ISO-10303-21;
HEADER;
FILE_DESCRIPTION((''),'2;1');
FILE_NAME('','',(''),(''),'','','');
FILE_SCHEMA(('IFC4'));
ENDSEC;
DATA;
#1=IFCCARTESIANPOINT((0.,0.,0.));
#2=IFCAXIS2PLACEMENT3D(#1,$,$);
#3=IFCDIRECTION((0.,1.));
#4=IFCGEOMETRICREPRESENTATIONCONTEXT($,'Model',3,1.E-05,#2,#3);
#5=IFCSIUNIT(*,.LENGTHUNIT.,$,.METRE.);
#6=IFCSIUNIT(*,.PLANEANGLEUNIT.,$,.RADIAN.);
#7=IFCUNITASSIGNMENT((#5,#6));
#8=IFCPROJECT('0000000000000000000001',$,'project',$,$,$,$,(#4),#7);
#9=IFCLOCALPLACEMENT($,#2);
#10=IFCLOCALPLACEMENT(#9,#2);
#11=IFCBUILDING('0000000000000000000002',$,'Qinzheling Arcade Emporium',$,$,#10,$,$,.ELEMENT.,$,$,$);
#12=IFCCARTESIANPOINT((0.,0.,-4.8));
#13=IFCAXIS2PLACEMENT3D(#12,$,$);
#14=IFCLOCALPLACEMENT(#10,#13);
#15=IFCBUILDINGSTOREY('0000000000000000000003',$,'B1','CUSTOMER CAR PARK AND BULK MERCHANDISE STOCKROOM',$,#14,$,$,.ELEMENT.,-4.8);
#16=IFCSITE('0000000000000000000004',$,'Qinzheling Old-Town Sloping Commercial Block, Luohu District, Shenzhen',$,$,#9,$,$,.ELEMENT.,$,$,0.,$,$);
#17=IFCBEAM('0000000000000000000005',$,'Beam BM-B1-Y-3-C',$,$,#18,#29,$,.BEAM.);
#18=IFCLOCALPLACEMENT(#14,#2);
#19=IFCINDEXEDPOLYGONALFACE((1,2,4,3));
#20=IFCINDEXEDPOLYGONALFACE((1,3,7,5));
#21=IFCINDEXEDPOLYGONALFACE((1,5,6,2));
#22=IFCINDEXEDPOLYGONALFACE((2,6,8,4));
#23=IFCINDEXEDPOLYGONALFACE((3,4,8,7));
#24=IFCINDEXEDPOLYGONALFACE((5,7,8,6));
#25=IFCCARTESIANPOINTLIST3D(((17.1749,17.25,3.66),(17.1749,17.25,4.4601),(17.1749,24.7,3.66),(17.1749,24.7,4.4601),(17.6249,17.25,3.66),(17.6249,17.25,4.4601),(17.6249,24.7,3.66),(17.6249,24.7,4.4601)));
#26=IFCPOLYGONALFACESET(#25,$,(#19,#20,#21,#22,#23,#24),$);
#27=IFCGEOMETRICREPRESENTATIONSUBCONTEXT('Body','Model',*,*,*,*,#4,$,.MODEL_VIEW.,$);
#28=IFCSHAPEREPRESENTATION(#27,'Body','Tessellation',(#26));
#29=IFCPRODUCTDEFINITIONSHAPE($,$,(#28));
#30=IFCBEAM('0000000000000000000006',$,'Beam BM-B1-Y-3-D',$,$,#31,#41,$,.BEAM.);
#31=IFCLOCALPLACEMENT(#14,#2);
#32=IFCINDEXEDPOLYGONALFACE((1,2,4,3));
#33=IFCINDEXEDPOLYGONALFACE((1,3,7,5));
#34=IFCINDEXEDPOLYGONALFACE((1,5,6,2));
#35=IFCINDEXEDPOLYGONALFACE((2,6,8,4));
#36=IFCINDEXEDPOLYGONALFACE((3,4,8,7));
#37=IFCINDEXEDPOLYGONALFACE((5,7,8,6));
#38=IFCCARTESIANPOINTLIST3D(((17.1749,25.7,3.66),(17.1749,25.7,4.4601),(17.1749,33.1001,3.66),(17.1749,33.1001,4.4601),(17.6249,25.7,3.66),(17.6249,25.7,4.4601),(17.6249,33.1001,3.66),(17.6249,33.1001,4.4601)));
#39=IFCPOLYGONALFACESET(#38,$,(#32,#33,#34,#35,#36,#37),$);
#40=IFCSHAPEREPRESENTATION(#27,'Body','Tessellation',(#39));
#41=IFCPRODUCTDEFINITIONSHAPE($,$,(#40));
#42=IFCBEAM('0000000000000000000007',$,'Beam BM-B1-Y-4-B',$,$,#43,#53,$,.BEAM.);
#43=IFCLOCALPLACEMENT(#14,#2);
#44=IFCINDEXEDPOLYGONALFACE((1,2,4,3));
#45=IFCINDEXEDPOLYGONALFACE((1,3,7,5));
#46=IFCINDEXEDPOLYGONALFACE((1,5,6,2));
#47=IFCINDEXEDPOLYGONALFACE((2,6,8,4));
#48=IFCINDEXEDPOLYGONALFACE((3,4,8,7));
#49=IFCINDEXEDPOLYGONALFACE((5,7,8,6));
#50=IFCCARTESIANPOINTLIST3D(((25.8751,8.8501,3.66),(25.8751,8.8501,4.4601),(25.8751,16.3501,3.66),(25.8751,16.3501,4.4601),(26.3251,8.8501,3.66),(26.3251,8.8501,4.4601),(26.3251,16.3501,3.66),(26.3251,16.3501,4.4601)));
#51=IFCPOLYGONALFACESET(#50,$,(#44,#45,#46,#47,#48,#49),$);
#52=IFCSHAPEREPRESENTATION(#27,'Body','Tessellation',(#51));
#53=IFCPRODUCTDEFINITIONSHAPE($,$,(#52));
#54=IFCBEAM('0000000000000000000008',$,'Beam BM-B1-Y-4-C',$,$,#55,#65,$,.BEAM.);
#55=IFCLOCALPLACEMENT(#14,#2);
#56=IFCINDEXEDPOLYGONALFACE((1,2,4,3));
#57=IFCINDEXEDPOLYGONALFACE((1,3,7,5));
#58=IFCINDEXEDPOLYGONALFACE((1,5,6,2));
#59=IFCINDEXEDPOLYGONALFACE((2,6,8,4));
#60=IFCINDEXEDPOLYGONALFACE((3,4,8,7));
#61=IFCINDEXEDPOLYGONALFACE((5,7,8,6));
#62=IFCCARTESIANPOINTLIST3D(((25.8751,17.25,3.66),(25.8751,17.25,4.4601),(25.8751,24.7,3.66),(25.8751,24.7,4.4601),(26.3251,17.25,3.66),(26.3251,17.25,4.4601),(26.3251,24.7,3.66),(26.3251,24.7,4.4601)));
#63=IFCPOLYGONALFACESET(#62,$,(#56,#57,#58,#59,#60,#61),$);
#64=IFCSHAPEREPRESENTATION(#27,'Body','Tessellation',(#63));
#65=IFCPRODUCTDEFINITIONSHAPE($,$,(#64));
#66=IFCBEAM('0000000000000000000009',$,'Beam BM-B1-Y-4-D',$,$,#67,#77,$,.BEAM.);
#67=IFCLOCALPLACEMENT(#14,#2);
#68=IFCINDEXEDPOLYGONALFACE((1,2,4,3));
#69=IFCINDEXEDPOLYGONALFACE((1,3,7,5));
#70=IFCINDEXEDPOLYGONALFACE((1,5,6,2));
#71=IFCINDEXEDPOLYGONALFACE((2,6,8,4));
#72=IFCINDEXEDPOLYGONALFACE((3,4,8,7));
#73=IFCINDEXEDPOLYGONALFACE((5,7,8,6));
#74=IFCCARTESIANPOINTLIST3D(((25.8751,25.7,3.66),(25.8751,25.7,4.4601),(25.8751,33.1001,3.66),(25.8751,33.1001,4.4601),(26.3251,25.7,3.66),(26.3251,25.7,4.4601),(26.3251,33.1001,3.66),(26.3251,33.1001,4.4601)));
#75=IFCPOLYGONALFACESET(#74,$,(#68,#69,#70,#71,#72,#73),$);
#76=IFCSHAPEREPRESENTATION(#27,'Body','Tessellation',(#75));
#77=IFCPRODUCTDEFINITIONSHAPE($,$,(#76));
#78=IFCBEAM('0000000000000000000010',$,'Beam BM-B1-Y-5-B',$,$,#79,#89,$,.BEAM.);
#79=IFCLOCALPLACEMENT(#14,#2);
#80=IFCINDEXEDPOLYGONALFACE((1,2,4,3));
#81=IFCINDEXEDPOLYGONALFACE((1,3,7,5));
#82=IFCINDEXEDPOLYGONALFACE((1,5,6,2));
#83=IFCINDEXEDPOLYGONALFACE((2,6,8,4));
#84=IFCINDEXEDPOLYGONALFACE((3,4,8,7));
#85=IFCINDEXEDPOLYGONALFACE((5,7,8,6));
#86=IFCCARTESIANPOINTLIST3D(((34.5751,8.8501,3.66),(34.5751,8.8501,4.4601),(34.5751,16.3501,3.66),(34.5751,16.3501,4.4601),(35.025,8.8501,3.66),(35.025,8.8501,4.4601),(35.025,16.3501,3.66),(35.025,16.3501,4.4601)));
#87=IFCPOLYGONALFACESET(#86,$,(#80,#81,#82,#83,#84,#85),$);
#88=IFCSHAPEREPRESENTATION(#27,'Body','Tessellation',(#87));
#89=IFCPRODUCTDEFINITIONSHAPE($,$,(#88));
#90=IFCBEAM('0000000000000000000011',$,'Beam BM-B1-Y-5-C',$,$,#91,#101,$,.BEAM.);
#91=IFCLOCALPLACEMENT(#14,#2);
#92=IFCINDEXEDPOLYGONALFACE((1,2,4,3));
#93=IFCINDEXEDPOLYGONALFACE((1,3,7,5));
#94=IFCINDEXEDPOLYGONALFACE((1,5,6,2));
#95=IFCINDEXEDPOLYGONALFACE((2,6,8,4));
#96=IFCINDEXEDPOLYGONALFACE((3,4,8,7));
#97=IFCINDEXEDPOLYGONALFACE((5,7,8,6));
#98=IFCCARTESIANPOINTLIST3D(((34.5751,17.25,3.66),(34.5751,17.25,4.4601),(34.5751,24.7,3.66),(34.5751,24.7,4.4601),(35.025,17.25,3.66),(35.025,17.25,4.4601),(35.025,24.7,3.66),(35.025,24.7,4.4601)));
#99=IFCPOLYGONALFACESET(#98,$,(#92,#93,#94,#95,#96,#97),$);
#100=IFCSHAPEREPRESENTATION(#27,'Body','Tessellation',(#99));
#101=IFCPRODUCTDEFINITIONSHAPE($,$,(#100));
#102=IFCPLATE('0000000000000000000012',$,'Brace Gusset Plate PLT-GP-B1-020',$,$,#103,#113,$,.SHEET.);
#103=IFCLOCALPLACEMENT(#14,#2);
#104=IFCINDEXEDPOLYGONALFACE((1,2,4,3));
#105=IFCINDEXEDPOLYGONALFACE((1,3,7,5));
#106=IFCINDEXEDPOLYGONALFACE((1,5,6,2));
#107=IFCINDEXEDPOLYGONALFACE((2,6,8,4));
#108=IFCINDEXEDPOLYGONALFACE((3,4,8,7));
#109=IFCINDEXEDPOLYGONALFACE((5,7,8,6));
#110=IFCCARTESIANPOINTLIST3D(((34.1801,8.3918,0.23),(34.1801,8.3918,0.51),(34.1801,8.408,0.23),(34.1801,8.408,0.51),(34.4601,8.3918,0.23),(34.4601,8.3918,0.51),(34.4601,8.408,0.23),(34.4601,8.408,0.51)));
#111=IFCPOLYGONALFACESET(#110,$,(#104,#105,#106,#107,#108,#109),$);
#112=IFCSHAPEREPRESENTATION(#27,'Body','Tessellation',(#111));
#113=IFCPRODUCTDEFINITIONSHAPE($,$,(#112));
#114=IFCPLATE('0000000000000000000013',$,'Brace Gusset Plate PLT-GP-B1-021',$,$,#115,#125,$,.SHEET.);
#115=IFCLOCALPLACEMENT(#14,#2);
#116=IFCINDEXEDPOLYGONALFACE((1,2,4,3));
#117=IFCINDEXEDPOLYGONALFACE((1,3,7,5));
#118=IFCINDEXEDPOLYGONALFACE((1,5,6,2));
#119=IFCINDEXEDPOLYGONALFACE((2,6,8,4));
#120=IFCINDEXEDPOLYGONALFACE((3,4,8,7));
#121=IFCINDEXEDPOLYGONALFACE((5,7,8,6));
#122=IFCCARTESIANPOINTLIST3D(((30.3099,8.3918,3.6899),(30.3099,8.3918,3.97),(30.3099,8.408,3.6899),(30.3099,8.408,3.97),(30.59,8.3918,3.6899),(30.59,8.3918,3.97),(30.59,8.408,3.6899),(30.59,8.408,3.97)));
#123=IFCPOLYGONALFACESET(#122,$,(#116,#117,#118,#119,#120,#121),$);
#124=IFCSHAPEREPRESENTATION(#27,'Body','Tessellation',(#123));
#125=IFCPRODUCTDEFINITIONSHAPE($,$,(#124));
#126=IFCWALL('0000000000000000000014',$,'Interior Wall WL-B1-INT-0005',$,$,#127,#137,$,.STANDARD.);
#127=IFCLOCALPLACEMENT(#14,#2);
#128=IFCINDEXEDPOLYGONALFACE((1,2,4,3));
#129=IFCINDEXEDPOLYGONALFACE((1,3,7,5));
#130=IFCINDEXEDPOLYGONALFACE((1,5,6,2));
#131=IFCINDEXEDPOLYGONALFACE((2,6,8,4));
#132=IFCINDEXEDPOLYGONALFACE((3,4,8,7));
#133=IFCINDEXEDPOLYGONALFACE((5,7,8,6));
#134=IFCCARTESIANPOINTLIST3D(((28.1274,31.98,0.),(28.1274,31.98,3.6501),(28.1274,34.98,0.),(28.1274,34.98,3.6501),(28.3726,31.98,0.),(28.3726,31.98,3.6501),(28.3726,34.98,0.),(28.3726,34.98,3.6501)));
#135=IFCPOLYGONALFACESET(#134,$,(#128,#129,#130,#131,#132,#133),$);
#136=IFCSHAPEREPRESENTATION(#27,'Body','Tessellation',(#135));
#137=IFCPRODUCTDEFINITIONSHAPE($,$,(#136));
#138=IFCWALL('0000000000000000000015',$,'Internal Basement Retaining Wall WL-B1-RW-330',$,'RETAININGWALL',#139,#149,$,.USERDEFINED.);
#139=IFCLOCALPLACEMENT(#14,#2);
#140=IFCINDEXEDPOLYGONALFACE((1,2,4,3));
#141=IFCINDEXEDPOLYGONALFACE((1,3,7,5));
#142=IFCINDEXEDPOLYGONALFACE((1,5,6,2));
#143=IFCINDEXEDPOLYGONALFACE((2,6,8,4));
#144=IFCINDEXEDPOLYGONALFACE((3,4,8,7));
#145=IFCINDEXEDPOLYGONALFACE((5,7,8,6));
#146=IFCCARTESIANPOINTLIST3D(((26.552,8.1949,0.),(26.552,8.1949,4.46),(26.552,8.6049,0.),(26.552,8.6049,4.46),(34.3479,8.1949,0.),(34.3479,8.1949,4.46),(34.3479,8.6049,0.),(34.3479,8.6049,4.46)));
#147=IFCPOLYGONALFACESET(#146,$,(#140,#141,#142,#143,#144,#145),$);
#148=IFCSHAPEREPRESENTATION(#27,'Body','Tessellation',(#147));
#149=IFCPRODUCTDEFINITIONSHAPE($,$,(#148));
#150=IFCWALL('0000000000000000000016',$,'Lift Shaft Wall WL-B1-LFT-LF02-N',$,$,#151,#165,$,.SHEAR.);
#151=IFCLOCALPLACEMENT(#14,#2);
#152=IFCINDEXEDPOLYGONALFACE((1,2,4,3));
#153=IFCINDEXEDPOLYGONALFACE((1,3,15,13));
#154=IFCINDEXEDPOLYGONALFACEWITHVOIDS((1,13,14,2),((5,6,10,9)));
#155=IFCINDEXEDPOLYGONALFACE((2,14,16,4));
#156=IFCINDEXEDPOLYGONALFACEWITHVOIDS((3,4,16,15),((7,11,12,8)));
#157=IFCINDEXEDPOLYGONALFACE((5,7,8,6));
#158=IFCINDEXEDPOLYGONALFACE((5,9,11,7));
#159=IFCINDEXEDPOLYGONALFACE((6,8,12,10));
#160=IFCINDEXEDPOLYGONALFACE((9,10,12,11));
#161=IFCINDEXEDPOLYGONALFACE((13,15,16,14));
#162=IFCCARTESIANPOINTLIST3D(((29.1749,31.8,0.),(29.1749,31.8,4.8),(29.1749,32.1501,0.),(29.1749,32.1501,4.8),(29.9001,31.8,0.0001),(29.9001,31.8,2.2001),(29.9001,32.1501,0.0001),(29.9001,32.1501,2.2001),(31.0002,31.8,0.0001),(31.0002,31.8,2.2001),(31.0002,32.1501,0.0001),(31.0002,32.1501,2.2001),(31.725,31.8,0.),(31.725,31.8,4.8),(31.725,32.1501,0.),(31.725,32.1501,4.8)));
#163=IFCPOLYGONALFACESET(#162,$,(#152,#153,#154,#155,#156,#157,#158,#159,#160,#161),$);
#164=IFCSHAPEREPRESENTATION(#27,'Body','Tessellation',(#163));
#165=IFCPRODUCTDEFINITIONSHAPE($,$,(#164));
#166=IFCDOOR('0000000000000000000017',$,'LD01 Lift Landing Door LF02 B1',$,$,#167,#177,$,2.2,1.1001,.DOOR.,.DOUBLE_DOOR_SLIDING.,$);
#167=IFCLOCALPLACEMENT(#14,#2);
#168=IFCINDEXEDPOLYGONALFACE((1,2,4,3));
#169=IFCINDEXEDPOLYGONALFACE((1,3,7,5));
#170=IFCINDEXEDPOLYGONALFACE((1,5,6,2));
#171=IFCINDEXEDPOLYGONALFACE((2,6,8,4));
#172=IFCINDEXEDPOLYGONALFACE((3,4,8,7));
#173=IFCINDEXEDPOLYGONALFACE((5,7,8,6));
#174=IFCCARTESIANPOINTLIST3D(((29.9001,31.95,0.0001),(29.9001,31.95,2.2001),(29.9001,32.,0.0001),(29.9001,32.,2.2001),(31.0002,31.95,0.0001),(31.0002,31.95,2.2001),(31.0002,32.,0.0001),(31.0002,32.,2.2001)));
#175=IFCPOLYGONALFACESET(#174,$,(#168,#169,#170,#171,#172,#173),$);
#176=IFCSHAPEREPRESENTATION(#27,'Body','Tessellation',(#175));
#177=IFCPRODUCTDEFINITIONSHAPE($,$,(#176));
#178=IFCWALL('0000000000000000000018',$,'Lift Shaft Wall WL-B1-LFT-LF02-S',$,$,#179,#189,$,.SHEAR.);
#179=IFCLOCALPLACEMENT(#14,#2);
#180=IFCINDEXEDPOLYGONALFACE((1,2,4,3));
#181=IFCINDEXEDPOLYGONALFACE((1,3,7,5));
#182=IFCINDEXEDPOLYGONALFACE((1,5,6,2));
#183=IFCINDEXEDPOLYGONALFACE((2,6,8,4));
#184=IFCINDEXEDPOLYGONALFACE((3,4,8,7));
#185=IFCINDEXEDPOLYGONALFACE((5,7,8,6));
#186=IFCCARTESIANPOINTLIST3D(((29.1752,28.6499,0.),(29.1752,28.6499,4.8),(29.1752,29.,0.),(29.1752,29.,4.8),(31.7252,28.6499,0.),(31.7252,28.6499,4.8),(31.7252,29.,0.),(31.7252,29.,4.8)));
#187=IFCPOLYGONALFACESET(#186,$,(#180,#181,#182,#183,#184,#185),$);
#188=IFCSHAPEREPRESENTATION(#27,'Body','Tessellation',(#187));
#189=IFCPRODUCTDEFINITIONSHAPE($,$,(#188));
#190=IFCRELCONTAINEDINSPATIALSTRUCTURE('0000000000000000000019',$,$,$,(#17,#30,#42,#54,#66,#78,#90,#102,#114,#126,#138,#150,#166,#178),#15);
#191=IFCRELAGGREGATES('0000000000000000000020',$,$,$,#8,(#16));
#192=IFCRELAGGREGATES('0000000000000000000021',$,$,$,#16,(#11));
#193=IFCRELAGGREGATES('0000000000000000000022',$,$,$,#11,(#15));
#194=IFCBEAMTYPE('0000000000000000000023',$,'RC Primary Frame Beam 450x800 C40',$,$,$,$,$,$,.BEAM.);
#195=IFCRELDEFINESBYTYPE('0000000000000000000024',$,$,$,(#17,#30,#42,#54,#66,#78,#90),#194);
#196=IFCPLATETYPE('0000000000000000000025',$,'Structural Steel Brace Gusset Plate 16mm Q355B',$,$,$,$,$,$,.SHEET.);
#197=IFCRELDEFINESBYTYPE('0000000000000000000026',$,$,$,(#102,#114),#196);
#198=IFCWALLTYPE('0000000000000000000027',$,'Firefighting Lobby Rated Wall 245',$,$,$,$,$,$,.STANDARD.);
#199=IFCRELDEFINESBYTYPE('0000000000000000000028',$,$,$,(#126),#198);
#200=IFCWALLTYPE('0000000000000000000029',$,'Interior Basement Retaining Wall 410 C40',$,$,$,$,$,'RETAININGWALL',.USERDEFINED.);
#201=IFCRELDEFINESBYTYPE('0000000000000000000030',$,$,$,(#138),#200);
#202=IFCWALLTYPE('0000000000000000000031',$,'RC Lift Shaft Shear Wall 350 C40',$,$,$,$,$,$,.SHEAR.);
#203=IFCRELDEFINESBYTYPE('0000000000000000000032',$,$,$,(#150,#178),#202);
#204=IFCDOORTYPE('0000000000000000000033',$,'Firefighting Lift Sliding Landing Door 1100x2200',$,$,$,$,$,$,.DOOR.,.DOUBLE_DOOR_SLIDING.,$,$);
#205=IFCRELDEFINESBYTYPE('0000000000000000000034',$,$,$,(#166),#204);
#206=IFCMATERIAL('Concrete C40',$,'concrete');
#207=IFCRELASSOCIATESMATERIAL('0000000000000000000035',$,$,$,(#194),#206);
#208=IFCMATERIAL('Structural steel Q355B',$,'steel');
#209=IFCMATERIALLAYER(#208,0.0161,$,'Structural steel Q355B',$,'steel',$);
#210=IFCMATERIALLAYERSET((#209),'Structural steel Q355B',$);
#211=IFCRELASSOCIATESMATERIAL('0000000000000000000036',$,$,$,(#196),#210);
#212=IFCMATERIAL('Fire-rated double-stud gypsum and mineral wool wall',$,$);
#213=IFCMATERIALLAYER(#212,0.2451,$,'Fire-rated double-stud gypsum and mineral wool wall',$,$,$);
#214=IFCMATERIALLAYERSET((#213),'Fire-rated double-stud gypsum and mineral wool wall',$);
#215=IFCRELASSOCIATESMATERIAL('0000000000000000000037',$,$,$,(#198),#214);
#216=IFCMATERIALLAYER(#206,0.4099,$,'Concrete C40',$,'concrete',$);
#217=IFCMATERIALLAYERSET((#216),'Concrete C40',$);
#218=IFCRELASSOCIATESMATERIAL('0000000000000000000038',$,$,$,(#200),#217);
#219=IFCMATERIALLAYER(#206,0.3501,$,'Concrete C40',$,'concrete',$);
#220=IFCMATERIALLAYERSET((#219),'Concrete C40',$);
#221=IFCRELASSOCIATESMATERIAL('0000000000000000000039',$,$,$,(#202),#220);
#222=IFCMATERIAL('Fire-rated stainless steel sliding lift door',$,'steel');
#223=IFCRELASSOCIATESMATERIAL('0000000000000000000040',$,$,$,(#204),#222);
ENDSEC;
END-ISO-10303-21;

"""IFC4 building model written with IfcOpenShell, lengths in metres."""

from ifc_helpers import new_model, si_unit, direction, frame, frame_2d, origin, origin_2d, place, context, subcontext, project, spatial, rectangle, extrude, material, layer, layer_set, material_profile, profile_set, type_object, element, fill, save


model = new_model("IFC4")

# Units and contexts
model_context = context("Model", 3, precision=1e-05, world=origin(), true_north=direction((0.0, 1.0)))
body_context = subcontext(model_context, "Body", "Model", "MODEL_VIEW")
ifc_project = project(units=[si_unit("LENGTHUNIT", "METRE"), si_unit("PLANEANGLEUNIT", "RADIAN")], contexts=[model_context])

# Site, building, storey
site_placement = place(None, origin())
site = spatial("IfcSite", under=ifc_project, at=site_placement, Name="Qinzheling Old-Town Sloping Commercial Block, Luohu District, Shenzhen", CompositionType="ELEMENT", RefElevation=0.0)
building_placement = place(site_placement, origin())
building = spatial("IfcBuilding", under=site, at=building_placement, Name="Qinzheling Arcade Emporium", CompositionType="ELEMENT")
storey_placement = place(building_placement, frame((0.0, 0.0, -4.8)))
storey = spatial("IfcBuildingStorey", under=building, at=storey_placement, Name="B1", Description="CUSTOMER CAR PARK AND BULK MERCHANDISE STOCKROOM", CompositionType="ELEMENT", Elevation=-4.8)

# Beams
ifc_material_1 = material(Name="Concrete C40", Category="concrete")
ifc_material_profile_1 = material_profile(ifc_material_1, rectangle(XDim=0.45, YDim=0.8, at=origin_2d()), Name="RC 450x800", Category="concrete")
ifc_profile_set_1 = profile_set([ifc_material_profile_1], Name="Concrete C40")
beam_type = type_object("IfcBeamType", Name="RC Primary Frame Beam 450x800 C40", PredefinedType="BEAM", material=ifc_profile_set_1)
beam_1_placement = place(storey_placement, frame((17.3999, 17.25, 4.0601), z_axis=(0.0, 1.0, 0.0), x_axis=(-1.0, 0.0, 0.0)))
element("IfcBeam", 1, at=beam_1_placement, inside=storey, type_object=beam_type, Name="Beam BM-B1-Y-3-C", PredefinedType="BEAM", context=body_context, shape_type="SweptSolid", body=[
    extrude(rectangle(XDim=0.45, YDim=0.8, at=origin_2d()), origin(), (0.0, 0.0, 1.0), 7.45),
])
beam_2_placement = place(storey_placement, frame((17.3999, 25.7, 4.0601), z_axis=(0.0, 1.0, 0.0), x_axis=(-1.0, 0.0, 0.0)))
element("IfcBeam", 2, at=beam_2_placement, inside=storey, type_object=beam_type, Name="Beam BM-B1-Y-3-D", PredefinedType="BEAM", context=body_context, shape_type="SweptSolid", body=[
    extrude(rectangle(XDim=0.45, YDim=0.8, at=origin_2d()), origin(), (0.0, 0.0, 1.0), 7.4001),
])
beam_3_placement = place(storey_placement, frame((26.1001, 8.8501, 4.0601), z_axis=(0.0, 1.0, 0.0), x_axis=(-1.0, 0.0, 0.0)))
element("IfcBeam", 3, at=beam_3_placement, inside=storey, type_object=beam_type, Name="Beam BM-B1-Y-4-B", PredefinedType="BEAM", context=body_context, shape_type="SweptSolid", body=[
    extrude(rectangle(XDim=0.45, YDim=0.8, at=origin_2d()), origin(), (0.0, 0.0, 1.0), 7.5),
])
beam_4_placement = place(storey_placement, frame((26.1001, 17.25, 4.0601), z_axis=(0.0, 1.0, 0.0), x_axis=(-1.0, 0.0, 0.0)))
element("IfcBeam", 4, at=beam_4_placement, inside=storey, type_object=beam_type, Name="Beam BM-B1-Y-4-C", PredefinedType="BEAM", context=body_context, shape_type="SweptSolid", body=[
    extrude(rectangle(XDim=0.45, YDim=0.8, at=origin_2d()), origin(), (0.0, 0.0, 1.0), 7.45),
])
beam_5_placement = place(storey_placement, frame((26.1001, 25.7, 4.0601), z_axis=(0.0, 1.0, 0.0), x_axis=(-1.0, 0.0, 0.0)))
element("IfcBeam", 5, at=beam_5_placement, inside=storey, type_object=beam_type, Name="Beam BM-B1-Y-4-D", PredefinedType="BEAM", context=body_context, shape_type="SweptSolid", body=[
    extrude(rectangle(XDim=0.45, YDim=0.8, at=origin_2d()), origin(), (0.0, 0.0, 1.0), 7.4001),
])
beam_6_placement = place(storey_placement, frame((34.8, 8.8501, 4.0601), z_axis=(0.0, 1.0, 0.0), x_axis=(-1.0, 0.0, 0.0)))
element("IfcBeam", 6, at=beam_6_placement, inside=storey, type_object=beam_type, Name="Beam BM-B1-Y-5-B", PredefinedType="BEAM", context=body_context, shape_type="SweptSolid", body=[
    extrude(rectangle(XDim=0.45, YDim=0.8, at=origin_2d()), origin(), (0.0, 0.0, 1.0), 7.5),
])
beam_7_placement = place(storey_placement, frame((34.8, 17.25, 4.0601), z_axis=(0.0, 1.0, 0.0), x_axis=(-1.0, 0.0, 0.0)))
element("IfcBeam", 7, at=beam_7_placement, inside=storey, type_object=beam_type, Name="Beam BM-B1-Y-5-C", PredefinedType="BEAM", context=body_context, shape_type="SweptSolid", body=[
    extrude(rectangle(XDim=0.45, YDim=0.8, at=origin_2d()), origin(), (0.0, 0.0, 1.0), 7.45),
])

# Plates
ifc_material_2 = material(Name="Structural steel Q355B", Category="steel")
ifc_layer_1 = layer(ifc_material_2, 0.0161, Name="Structural steel Q355B", Category="steel")
ifc_layer_set_1 = layer_set([ifc_layer_1], Name="Structural steel Q355B")
plate_type = type_object("IfcPlateType", Name="Structural Steel Brace Gusset Plate 16mm Q355B", PredefinedType="SHEET", material=ifc_layer_set_1)
for number, where, z_axis, x_axis, name in (
    (8, (34.3201, 8.3999, 0.23), (0.0, 0.0, 1.0), (1.0, 0.0, 0.0), "Brace Gusset Plate PLT-GP-B1-020"),
    (9, (30.45, 8.3999, 3.6899), (0.0, 0.0, 1.0), (1.0, 0.0, 0.0), "Brace Gusset Plate PLT-GP-B1-021"),
):
    element("IfcPlate", number, at=place(storey_placement, frame(where, z_axis=z_axis, x_axis=x_axis)), inside=storey, type_object=plate_type, Name=name, PredefinedType="SHEET", context=body_context, shape_type="SweptSolid", body=[
        extrude(rectangle(XDim=0.28, YDim=0.0161, at=origin_2d()), origin(), (0.0, 0.0, 1.0), 0.28),
    ])

# Walls
ifc_material_3 = material(Name="Fire-rated double-stud gypsum and mineral wool wall")
ifc_layer_2 = layer(ifc_material_3, 0.2451, Name="Fire-rated double-stud gypsum and mineral wool wall")
ifc_layer_set_2 = layer_set([ifc_layer_2], Name="Fire-rated double-stud gypsum and mineral wool wall")
wall_type_1 = type_object("IfcWallType", Name="Firefighting Lobby Rated Wall 245", PredefinedType="STANDARD", material=ifc_layer_set_2)
wall_1_placement = place(storey_placement, frame((28.25, 31.98, 0.0), z_axis=(0.0, 0.0, 1.0), x_axis=(0.0, 1.0, 0.0)))
element("IfcWall", 10, at=wall_1_placement, inside=storey, type_object=wall_type_1, Name="Interior Wall WL-B1-INT-0005", PredefinedType="STANDARD", context=body_context, shape_type="SweptSolid", body=[
    extrude(rectangle(XDim=3.0, YDim=0.2451, at=frame_2d((1.5, 0.0))), origin(), (0.0, 0.0, 1.0), 3.6501),
])
ifc_layer_3 = layer(ifc_material_1, 0.4099, Name="Concrete C40", Category="concrete")
ifc_layer_set_3 = layer_set([ifc_layer_3], Name="Concrete C40")
wall_type_2 = type_object("IfcWallType", Name="Interior Basement Retaining Wall 410 C40", ElementType="RETAININGWALL", PredefinedType="USERDEFINED", material=ifc_layer_set_3)
wall_2_placement = place(storey_placement, frame((34.3479, 8.3999, 0.0), z_axis=(0.0, 0.0, 1.0), x_axis=(-1.0, 0.0, 0.0)))
element("IfcWall", 11, at=wall_2_placement, inside=storey, type_object=wall_type_2, Name="Internal Basement Retaining Wall WL-B1-RW-330", ObjectType="RETAININGWALL", PredefinedType="USERDEFINED", context=body_context, shape_type="SweptSolid", body=[
    extrude(rectangle(XDim=7.7959, YDim=0.4099, at=frame_2d((3.8979, 0.0))), origin(), (0.0, 0.0, 1.0), 4.46),
])

# Wall, opening, door
ifc_layer_4 = layer(ifc_material_1, 0.3501, Name="Concrete C40", Category="concrete")
ifc_layer_set_4 = layer_set([ifc_layer_4], Name="Concrete C40")
wall_type_3 = type_object("IfcWallType", Name="RC Lift Shaft Shear Wall 350 C40", PredefinedType="SHEAR", material=ifc_layer_set_4)
wall_3_placement = place(storey_placement, frame((29.175, 31.9751, 0.0), z_axis=(0.0, 0.0, 1.0), x_axis=(1.0, 0.0, 0.0)))
wall_3 = element("IfcWall", 12, at=wall_3_placement, inside=storey, type_object=wall_type_3, Name="Lift Shaft Wall WL-B1-LFT-LF02-N", PredefinedType="SHEAR", context=body_context, shape_type="SweptSolid", body=[
    extrude(rectangle(XDim=2.55, YDim=0.3501, at=frame_2d((1.2749, 0.0))), origin(), (0.0, 0.0, 1.0), 4.8),
])
opening_placement = place(wall_3_placement, frame((0.7251, 0.0, 0.0)))
opening = element("IfcOpeningElement", 13, at=opening_placement, cuts=wall_3, PredefinedType="OPENING", context=body_context, shape_type="SweptSolid", body=[
    extrude(rectangle(XDim=1.1001, YDim=2.2, at=frame_2d((0.55, 1.1001))), frame((0.0, 0.1851, 0.0), z_axis=(0.0, -1.0, 0.0), x_axis=(1.0, 0.0, 0.0)), (0.0, 0.0, 1.0), 0.3701),
])
ifc_material_4 = material(Name="Fire-rated stainless steel sliding lift door", Category="steel")
door_type = type_object("IfcDoorType", Name="Firefighting Lift Sliding Landing Door 1100x2200", OperationType="DOUBLE_DOOR_SLIDING", PredefinedType="DOOR", material=ifc_material_4)
door_placement = place(opening_placement, origin())
door = element("IfcDoor", 14, at=door_placement, inside=storey, type_object=door_type, Name="LD01 Lift Landing Door LF02 B1", OperationType="DOUBLE_DOOR_SLIDING", OverallHeight=2.2, OverallWidth=1.1001, PredefinedType="DOOR", context=body_context, shape_type="SweptSolid", body=[
    extrude(rectangle(XDim=1.1001, YDim=2.2, at=frame_2d((0.55, 1.1001))), frame((0.0, 0.0249, 0.0), z_axis=(0.0, -1.0, 0.0), x_axis=(1.0, 0.0, 0.0)), (0.0, 0.0, 1.0), 0.05),
])
fill(opening, door)

# Wall
wall_4_placement = place(storey_placement, frame((31.7251, 28.825, 0.0), z_axis=(0.0, 0.0, 1.0), x_axis=(-1.0, 0.0, 0.0)))
element("IfcWall", 15, at=wall_4_placement, inside=storey, type_object=wall_type_3, Name="Lift Shaft Wall WL-B1-LFT-LF02-S", PredefinedType="SHEAR", context=body_context, shape_type="SweptSolid", body=[
    extrude(rectangle(XDim=2.55, YDim=0.3501, at=frame_2d((1.2749, 0.0))), origin(), (0.0, 0.0, 1.0), 4.8),
])

save(model, "model.ifc")
